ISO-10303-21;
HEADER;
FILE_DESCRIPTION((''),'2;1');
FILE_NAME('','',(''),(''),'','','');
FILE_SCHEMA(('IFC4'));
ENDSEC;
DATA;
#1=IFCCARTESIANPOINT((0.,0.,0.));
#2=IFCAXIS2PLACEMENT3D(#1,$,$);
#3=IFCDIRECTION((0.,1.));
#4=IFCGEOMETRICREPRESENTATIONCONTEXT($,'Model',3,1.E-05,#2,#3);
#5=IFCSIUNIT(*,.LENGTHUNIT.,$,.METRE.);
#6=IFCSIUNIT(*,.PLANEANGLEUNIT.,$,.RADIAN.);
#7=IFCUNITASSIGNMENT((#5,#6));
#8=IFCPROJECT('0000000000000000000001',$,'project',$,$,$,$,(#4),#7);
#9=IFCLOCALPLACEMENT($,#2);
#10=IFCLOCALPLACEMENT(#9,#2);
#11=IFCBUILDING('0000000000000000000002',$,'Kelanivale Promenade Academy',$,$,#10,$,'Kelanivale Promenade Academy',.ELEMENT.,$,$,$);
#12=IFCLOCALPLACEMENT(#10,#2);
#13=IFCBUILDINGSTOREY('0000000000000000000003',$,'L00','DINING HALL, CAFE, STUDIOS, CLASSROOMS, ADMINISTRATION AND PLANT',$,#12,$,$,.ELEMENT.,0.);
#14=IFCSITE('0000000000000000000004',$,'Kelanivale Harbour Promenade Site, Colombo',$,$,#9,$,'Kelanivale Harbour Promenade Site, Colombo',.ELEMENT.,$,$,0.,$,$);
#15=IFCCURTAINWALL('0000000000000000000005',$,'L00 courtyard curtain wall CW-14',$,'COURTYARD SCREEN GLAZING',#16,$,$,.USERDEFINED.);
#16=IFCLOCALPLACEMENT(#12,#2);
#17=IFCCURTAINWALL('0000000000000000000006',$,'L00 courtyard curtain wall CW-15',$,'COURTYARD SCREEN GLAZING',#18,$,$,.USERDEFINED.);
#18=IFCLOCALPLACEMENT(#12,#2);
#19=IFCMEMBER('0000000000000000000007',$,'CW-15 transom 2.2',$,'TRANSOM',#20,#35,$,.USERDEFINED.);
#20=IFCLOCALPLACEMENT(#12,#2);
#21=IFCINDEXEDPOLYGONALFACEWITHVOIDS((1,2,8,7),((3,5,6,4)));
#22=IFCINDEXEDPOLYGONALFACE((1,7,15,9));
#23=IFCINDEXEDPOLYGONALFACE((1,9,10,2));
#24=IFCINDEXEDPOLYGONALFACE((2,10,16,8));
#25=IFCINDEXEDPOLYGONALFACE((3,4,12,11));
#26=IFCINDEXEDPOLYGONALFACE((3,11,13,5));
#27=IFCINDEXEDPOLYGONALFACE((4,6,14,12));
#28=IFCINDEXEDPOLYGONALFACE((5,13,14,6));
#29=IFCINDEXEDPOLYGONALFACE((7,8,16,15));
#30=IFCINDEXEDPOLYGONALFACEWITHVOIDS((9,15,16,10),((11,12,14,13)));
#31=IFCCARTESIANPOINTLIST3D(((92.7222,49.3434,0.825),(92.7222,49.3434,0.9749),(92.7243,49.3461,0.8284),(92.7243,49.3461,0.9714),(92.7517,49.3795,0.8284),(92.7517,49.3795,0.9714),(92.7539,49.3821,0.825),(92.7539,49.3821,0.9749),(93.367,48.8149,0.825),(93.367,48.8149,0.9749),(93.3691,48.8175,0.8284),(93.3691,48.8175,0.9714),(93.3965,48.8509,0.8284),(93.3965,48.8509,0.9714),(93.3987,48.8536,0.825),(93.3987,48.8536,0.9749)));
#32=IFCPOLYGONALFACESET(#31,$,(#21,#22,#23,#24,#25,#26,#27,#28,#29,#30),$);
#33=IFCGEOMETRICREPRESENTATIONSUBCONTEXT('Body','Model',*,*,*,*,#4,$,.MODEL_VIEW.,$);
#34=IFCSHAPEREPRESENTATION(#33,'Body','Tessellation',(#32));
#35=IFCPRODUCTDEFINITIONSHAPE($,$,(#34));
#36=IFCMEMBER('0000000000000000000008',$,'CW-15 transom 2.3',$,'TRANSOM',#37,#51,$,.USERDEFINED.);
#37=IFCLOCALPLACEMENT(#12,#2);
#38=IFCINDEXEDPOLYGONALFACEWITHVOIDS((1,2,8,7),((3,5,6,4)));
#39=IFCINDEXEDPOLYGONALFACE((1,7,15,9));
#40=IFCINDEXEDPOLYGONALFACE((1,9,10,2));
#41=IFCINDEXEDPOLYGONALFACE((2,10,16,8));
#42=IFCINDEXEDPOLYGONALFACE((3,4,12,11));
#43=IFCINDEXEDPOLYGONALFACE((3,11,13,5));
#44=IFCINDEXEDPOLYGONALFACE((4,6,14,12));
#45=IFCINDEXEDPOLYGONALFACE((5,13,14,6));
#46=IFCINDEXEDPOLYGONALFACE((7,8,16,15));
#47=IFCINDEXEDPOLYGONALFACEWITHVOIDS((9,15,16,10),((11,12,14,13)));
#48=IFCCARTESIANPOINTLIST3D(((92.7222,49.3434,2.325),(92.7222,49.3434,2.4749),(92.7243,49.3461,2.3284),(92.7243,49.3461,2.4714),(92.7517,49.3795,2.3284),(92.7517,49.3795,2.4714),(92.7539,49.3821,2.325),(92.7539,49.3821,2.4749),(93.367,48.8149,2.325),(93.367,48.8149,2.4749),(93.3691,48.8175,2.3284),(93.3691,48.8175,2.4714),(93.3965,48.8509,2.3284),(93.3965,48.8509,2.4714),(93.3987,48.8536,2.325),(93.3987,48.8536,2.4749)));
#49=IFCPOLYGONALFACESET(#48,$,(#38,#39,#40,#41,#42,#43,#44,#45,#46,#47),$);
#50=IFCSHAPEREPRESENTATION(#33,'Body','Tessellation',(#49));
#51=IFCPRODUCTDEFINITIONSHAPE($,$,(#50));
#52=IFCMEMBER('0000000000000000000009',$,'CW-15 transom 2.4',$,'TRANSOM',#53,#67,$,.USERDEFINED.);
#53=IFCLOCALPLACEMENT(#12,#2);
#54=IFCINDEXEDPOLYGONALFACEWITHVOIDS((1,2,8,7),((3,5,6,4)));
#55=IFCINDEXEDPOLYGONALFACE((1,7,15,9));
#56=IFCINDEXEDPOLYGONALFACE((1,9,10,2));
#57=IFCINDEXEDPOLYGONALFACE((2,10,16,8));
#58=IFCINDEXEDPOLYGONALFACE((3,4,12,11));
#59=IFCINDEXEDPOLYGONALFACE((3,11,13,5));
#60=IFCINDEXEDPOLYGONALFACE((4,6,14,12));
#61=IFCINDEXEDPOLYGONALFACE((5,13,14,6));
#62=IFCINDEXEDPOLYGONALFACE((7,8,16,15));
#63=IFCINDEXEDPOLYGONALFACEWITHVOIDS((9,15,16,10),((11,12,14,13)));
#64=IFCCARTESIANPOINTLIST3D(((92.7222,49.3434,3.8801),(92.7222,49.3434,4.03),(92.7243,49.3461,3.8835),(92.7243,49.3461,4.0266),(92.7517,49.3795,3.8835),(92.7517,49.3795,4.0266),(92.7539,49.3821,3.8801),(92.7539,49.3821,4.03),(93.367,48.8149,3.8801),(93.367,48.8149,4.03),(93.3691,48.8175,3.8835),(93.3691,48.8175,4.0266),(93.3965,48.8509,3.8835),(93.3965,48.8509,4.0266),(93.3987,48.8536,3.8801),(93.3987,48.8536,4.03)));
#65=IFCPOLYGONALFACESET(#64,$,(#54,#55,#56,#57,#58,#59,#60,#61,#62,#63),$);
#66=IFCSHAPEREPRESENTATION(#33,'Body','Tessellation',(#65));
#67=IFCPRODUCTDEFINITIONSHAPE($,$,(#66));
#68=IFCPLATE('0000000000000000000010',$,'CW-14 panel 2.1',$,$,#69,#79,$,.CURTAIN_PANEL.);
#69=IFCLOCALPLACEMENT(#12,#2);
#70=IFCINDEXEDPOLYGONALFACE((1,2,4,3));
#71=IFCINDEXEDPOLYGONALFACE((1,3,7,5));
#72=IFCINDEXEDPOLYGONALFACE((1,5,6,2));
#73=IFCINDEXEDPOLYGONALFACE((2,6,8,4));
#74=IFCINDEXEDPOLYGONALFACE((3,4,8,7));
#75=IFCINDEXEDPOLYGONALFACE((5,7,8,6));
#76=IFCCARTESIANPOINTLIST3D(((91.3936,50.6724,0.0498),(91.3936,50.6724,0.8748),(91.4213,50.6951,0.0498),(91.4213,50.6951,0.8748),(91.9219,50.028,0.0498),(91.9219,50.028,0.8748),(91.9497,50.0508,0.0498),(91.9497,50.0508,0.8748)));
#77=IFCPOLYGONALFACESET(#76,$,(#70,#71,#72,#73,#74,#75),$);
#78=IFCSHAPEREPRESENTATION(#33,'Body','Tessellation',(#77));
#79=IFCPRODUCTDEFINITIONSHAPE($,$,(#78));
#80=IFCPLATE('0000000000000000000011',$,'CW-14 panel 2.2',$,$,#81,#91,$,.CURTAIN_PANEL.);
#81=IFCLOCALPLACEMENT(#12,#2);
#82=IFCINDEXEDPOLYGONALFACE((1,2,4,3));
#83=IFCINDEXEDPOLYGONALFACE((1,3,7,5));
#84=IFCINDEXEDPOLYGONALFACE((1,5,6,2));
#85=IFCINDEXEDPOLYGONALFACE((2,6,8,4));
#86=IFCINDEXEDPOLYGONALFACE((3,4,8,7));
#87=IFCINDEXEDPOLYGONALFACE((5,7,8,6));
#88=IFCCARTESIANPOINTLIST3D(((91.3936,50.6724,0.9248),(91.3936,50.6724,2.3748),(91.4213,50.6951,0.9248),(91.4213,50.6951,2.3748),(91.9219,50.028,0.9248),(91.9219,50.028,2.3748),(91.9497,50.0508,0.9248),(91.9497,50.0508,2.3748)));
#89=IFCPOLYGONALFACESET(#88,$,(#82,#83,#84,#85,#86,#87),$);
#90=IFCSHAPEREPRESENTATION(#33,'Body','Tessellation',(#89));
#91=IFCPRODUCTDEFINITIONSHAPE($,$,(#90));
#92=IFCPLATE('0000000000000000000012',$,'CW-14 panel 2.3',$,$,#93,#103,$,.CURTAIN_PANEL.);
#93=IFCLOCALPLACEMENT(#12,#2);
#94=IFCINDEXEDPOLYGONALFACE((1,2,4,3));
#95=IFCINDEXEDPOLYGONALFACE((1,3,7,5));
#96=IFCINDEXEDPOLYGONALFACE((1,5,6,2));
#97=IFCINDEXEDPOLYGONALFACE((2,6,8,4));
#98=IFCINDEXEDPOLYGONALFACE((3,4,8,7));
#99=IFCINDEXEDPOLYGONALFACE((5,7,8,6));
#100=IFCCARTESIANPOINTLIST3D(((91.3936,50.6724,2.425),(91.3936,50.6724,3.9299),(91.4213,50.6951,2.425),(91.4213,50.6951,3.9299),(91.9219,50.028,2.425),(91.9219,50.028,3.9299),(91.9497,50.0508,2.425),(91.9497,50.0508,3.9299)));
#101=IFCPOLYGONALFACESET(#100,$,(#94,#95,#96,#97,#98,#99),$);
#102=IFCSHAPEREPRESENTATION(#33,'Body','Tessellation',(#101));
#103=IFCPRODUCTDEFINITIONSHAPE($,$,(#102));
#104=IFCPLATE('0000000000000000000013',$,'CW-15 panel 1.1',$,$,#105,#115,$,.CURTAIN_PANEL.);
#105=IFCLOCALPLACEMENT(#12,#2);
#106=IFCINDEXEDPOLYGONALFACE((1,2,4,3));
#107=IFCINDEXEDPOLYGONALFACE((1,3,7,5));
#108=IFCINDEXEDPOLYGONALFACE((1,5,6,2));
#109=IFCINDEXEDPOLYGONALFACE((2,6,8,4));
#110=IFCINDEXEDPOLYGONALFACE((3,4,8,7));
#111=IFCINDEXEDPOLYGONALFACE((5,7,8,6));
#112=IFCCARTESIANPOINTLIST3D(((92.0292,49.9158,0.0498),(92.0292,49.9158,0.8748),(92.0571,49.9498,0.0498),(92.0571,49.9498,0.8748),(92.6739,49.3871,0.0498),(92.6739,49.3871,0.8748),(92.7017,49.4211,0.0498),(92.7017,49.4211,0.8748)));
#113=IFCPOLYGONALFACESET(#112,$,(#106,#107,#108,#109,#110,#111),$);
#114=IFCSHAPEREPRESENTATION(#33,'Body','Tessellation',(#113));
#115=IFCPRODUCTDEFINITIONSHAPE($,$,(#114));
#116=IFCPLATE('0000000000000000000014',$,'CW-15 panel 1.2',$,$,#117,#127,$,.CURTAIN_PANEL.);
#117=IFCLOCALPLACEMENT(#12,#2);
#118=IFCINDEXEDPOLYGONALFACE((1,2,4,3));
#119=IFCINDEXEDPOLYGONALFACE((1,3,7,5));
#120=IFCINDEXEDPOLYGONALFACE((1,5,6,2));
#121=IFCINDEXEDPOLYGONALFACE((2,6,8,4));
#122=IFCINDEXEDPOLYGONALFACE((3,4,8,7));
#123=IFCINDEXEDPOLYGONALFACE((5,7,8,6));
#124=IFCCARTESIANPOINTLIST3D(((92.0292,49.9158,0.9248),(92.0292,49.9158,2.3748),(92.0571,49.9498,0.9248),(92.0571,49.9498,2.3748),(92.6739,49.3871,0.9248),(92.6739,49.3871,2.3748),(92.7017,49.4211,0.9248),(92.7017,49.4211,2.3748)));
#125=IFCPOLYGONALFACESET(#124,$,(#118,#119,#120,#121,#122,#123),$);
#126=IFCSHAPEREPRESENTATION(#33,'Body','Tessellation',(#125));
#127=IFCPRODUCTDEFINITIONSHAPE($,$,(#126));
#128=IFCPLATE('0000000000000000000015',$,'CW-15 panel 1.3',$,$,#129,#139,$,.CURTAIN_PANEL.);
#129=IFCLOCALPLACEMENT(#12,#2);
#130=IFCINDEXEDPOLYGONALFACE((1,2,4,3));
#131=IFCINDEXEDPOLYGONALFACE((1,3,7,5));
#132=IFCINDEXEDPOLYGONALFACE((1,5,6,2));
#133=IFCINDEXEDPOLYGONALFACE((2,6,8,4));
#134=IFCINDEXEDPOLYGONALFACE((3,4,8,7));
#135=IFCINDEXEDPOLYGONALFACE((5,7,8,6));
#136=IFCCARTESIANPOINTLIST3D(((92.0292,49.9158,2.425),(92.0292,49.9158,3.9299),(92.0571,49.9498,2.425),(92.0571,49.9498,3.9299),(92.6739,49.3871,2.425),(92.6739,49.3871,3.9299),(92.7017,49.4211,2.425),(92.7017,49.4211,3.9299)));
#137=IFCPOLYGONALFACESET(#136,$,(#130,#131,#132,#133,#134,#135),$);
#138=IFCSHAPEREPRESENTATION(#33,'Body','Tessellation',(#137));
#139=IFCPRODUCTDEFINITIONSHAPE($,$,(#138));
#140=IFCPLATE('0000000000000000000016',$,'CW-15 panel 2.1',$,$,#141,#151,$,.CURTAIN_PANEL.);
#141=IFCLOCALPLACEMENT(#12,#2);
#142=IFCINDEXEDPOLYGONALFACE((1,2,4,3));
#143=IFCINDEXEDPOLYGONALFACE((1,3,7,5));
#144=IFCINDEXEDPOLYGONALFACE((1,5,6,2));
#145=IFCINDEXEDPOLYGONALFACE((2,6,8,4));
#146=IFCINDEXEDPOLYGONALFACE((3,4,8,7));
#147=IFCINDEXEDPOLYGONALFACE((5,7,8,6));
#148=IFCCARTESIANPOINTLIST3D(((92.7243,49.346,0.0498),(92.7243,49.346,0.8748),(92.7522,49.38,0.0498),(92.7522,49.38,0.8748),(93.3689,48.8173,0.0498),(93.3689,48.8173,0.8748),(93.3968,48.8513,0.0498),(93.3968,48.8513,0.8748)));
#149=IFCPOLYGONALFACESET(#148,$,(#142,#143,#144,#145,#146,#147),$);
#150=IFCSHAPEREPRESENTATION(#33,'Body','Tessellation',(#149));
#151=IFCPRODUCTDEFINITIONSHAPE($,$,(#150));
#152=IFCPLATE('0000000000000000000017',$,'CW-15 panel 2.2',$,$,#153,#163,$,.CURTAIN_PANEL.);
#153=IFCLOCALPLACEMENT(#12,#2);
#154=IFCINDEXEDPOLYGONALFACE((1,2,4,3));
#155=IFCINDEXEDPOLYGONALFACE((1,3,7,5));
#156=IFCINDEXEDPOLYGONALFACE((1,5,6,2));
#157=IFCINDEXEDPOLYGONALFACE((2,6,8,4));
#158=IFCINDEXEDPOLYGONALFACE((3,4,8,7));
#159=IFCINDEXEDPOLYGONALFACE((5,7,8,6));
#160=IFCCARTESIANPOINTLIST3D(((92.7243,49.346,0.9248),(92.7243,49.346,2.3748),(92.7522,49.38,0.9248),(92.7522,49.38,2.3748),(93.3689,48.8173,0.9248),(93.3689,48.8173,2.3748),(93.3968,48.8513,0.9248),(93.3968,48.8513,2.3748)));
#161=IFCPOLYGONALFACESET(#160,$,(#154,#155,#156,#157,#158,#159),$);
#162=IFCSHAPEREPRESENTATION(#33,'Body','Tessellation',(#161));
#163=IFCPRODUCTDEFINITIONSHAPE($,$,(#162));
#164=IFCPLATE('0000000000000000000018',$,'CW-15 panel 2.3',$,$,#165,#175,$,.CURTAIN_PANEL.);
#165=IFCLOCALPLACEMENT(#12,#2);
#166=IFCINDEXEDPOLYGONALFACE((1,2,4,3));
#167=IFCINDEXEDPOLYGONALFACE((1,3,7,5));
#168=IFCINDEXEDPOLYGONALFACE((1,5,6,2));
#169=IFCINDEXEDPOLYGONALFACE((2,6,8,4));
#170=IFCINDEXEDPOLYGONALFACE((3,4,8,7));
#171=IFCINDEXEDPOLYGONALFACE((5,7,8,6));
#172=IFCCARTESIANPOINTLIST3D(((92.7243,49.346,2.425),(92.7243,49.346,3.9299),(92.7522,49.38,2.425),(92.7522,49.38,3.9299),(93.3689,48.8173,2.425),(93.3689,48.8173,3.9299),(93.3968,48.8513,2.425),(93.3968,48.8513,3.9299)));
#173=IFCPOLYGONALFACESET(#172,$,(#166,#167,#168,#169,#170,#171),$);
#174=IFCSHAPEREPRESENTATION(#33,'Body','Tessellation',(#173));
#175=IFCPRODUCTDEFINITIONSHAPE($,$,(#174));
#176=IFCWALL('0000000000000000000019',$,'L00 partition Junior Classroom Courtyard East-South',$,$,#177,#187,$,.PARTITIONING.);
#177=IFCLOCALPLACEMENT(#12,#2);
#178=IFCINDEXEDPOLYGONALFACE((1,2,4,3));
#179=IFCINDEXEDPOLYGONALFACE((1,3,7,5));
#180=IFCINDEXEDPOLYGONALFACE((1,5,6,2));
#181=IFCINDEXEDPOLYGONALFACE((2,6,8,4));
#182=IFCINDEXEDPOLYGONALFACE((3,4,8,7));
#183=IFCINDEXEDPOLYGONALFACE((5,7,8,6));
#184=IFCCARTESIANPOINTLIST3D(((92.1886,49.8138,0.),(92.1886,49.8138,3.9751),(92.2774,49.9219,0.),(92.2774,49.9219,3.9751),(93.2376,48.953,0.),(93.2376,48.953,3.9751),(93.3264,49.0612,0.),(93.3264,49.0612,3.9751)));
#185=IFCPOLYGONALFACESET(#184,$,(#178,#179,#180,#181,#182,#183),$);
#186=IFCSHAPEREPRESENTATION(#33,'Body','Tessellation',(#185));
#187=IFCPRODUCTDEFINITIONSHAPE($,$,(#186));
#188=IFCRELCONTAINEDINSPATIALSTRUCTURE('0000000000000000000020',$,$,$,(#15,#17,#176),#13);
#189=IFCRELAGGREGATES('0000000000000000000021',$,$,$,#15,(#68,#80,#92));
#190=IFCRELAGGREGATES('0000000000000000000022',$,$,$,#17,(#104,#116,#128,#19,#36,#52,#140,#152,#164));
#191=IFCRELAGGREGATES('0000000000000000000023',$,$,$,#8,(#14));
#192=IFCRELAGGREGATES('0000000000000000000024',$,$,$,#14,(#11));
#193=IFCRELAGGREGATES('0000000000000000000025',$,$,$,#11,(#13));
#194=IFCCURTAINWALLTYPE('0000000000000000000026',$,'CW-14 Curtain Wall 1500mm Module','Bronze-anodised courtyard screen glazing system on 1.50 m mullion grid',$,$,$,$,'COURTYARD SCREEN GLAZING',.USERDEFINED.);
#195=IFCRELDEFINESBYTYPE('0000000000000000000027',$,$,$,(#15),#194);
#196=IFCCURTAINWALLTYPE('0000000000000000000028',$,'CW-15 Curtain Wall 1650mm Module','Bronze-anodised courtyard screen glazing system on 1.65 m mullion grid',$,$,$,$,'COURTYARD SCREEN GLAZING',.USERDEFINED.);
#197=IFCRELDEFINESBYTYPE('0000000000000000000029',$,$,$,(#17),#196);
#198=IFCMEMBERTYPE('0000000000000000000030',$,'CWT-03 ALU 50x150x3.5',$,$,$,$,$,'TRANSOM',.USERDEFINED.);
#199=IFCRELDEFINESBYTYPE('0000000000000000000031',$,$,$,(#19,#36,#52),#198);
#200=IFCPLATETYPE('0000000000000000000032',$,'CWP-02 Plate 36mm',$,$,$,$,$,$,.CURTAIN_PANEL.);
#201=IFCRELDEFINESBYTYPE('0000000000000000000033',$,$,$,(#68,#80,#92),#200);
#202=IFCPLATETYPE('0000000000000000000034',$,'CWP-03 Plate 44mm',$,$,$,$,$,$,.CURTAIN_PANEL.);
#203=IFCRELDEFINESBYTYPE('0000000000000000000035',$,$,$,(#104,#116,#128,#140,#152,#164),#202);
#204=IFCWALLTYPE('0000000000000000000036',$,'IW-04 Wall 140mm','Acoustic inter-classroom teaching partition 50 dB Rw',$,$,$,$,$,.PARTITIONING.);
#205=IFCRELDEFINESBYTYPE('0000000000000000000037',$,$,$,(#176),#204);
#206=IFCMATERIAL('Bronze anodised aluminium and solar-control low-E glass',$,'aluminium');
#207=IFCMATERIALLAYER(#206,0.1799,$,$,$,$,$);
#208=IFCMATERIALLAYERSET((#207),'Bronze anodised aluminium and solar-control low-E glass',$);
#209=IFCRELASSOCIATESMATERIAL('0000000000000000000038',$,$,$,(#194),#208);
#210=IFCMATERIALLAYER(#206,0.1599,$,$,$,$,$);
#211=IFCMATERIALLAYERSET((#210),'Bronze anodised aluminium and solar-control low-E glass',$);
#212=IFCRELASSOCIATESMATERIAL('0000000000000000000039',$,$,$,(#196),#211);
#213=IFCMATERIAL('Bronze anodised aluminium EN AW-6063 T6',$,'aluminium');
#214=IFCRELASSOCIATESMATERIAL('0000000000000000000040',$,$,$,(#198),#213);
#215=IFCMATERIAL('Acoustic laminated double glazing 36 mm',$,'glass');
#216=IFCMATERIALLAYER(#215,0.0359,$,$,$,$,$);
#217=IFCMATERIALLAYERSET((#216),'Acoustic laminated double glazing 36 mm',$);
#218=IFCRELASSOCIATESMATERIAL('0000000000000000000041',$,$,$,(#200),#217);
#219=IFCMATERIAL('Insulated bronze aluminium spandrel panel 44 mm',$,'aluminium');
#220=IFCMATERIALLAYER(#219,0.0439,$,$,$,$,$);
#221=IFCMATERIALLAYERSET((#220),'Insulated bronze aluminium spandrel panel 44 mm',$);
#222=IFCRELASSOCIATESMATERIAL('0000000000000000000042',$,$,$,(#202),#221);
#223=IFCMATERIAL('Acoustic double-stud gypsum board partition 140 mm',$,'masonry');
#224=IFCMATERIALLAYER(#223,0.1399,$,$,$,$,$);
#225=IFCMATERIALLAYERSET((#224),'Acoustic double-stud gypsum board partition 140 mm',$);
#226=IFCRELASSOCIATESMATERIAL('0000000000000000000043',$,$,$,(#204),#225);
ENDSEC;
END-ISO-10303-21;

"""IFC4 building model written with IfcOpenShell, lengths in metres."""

from ifc_helpers import new_model, si_unit, direction, frame, frame_2d, origin, origin_2d, place, context, subcontext, project, spatial, rectangle, hollow_rectangle, extrude, material, layer, layer_set, material_profile, profile_set, type_object, element, aggregate, save


model = new_model("IFC4")

# Units and contexts
model_context = context("Model", 3, precision=1e-05, world=origin(), true_north=direction((0.0, 1.0)))
body_context = subcontext(model_context, "Body", "Model", "MODEL_VIEW")
ifc_project = project(units=[si_unit("LENGTHUNIT", "METRE"), si_unit("PLANEANGLEUNIT", "RADIAN")], contexts=[model_context])

# Site, building, storey
site_placement = place(None, origin())
site = spatial("IfcSite", under=ifc_project, at=site_placement, Name="Kelanivale Harbour Promenade Site, Colombo", LongName="Kelanivale Harbour Promenade Site, Colombo", CompositionType="ELEMENT", RefElevation=0.0)
building_placement = place(site_placement, origin())
building = spatial("IfcBuilding", under=site, at=building_placement, Name="Kelanivale Promenade Academy", LongName="Kelanivale Promenade Academy", CompositionType="ELEMENT")
storey_placement = place(building_placement, origin())
storey = spatial("IfcBuildingStorey", under=building, at=storey_placement, Name="L00", Description="DINING HALL, CAFE, STUDIOS, CLASSROOMS, ADMINISTRATION AND PLANT", CompositionType="ELEMENT", Elevation=0.0)

# Curtain wall
ifc_material_1 = material(Name="Bronze anodised aluminium and solar-control low-E glass", Category="aluminium")
ifc_layer_1 = layer(ifc_material_1, 0.1799)
ifc_layer_set_1 = layer_set([ifc_layer_1], Name="Bronze anodised aluminium and solar-control low-E glass")
curtain_wall_type_1 = type_object("IfcCurtainWallType", Name="CW-14 Curtain Wall 1500mm Module", Description="Bronze-anodised courtyard screen glazing system on 1.50 m mullion grid", ElementType="COURTYARD SCREEN GLAZING", PredefinedType="USERDEFINED", material=ifc_layer_set_1)
curtain_wall_1_placement = place(storey_placement, origin())
curtain_wall_1 = element("IfcCurtainWall", 1, at=curtain_wall_1_placement, inside=storey, type_object=curtain_wall_type_1, Name="L00 courtyard curtain wall CW-14", ObjectType="COURTYARD SCREEN GLAZING", PredefinedType="USERDEFINED")
ifc_material_2 = material(Name="Bronze anodised aluminium EN AW-6063 T6", Category="aluminium")

# Curtain wall
ifc_layer_2 = layer(ifc_material_1, 0.1599)
ifc_layer_set_2 = layer_set([ifc_layer_2], Name="Bronze anodised aluminium and solar-control low-E glass")
curtain_wall_type_2 = type_object("IfcCurtainWallType", Name="CW-15 Curtain Wall 1650mm Module", Description="Bronze-anodised courtyard screen glazing system on 1.65 m mullion grid", ElementType="COURTYARD SCREEN GLAZING", PredefinedType="USERDEFINED", material=ifc_layer_set_2)
curtain_wall_2_placement = place(storey_placement, origin())
curtain_wall_2 = element("IfcCurtainWall", 2, at=curtain_wall_2_placement, inside=storey, type_object=curtain_wall_type_2, Name="L00 courtyard curtain wall CW-15", ObjectType="COURTYARD SCREEN GLAZING", PredefinedType="USERDEFINED")

# Members
ifc_material_profile_1 = material_profile(ifc_material_2, hollow_rectangle(XDim=0.05, YDim=0.1499, WallThickness=0.0034, at=origin_2d()), Name="ALU 50x150x3.5")
ifc_profile_set_1 = profile_set([ifc_material_profile_1], Name="Bronze anodised aluminium EN AW-6063 T6")
member_type_1 = type_object("IfcMemberType", Name="CWT-03 ALU 50x150x3.5", ElementType="TRANSOM", PredefinedType="USERDEFINED", material=ifc_profile_set_1)
member_1_placement = place(storey_placement, frame((92.738, 49.3628, 0.8999), z_axis=(0.773357, -0.633971, 0.0), x_axis=(0.633971, 0.773357, 0.0)))
member_1 = element("IfcMember", 3, at=member_1_placement, type_object=member_type_1, Name="CW-15 transom 2.2", ObjectType="TRANSOM", PredefinedType="USERDEFINED", context=body_context, shape_type="SweptSolid", body=[
    extrude(hollow_rectangle(XDim=0.05, YDim=0.1499, WallThickness=0.0034, at=origin_2d()), origin(), (0.0, 0.0, 1.0), 0.8337),
])
member_2_placement = place(storey_placement, frame((92.738, 49.3628, 2.3999), z_axis=(0.773357, -0.633971, 0.0), x_axis=(0.633971, 0.773357, 0.0)))
member_2 = element("IfcMember", 4, at=member_2_placement, type_object=member_type_1, Name="CW-15 transom 2.3", ObjectType="TRANSOM", PredefinedType="USERDEFINED", context=body_context, shape_type="SweptSolid", body=[
    extrude(hollow_rectangle(XDim=0.05, YDim=0.1499, WallThickness=0.0034, at=origin_2d()), origin(), (0.0, 0.0, 1.0), 0.8337),
])
member_3_placement = place(storey_placement, frame((92.738, 49.3628, 3.9551), z_axis=(0.773357, -0.633971, 0.0), x_axis=(0.633971, 0.773357, 0.0)))
member_3 = element("IfcMember", 5, at=member_3_placement, type_object=member_type_1, Name="CW-15 transom 2.4", ObjectType="TRANSOM", PredefinedType="USERDEFINED", context=body_context, shape_type="SweptSolid", body=[
    extrude(hollow_rectangle(XDim=0.05, YDim=0.1499, WallThickness=0.0034, at=origin_2d()), origin(), (0.0, 0.0, 1.0), 0.8337),
])

# Plates
ifc_material_3 = material(Name="Acoustic laminated double glazing 36 mm", Category="glass")
ifc_layer_3 = layer(ifc_material_3, 0.0359)
ifc_layer_set_3 = layer_set([ifc_layer_3], Name="Acoustic laminated double glazing 36 mm")
plate_type_1 = type_object("IfcPlateType", Name="CWP-02 Plate 36mm", PredefinedType="CURTAIN_PANEL", material=ifc_layer_set_3)
plate_1_placement = place(storey_placement, frame((91.6716, 50.3616, 0.0498), z_axis=(0.0, 0.0, 1.0), x_axis=(0.634093, -0.773257, 0.0)))
plate_1 = element("IfcPlate", 6, at=plate_1_placement, type_object=plate_type_1, Name="CW-14 panel 2.1", PredefinedType="CURTAIN_PANEL", context=body_context, shape_type="SweptSolid", body=[
    extrude(rectangle(XDim=0.8333, YDim=0.0359, at=origin_2d()), origin(), (0.0, 0.0, 1.0), 0.825),
])
plate_2_placement = place(storey_placement, frame((91.6716, 50.3616, 0.9248), z_axis=(0.0, 0.0, 1.0), x_axis=(0.634093, -0.773257, 0.0)))
plate_2 = element("IfcPlate", 7, at=plate_2_placement, type_object=plate_type_1, Name="CW-14 panel 2.2", PredefinedType="CURTAIN_PANEL", context=body_context, shape_type="SweptSolid", body=[
    extrude(rectangle(XDim=0.8333, YDim=0.0359, at=origin_2d()), origin(), (0.0, 0.0, 1.0), 1.45),
])
plate_3_placement = place(storey_placement, frame((91.6716, 50.3616, 2.425), z_axis=(0.0, 0.0, 1.0), x_axis=(0.634093, -0.773257, 0.0)))
plate_3 = element("IfcPlate", 8, at=plate_3_placement, type_object=plate_type_1, Name="CW-14 panel 2.3", PredefinedType="CURTAIN_PANEL", context=body_context, shape_type="SweptSolid", body=[
    extrude(rectangle(XDim=0.8333, YDim=0.0359, at=origin_2d()), origin(), (0.0, 0.0, 1.0), 1.5049),
])
aggregate(curtain_wall_1, [plate_1, plate_2, plate_3])
ifc_material_4 = material(Name="Insulated bronze aluminium spandrel panel 44 mm", Category="aluminium")
ifc_layer_4 = layer(ifc_material_4, 0.0439)
ifc_layer_set_4 = layer_set([ifc_layer_4], Name="Insulated bronze aluminium spandrel panel 44 mm")
plate_type_2 = type_object("IfcPlateType", Name="CWP-03 Plate 44mm", PredefinedType="CURTAIN_PANEL", material=ifc_layer_set_4)
plate_4_placement = place(storey_placement, frame((92.3655, 49.6685, 0.0498), z_axis=(0.0, 0.0, 1.0), x_axis=(0.773215, -0.634144, 0.0)))
plate_4 = element("IfcPlate", 9, at=plate_4_placement, type_object=plate_type_2, Name="CW-15 panel 1.1", PredefinedType="CURTAIN_PANEL", context=body_context, shape_type="SweptSolid", body=[
    extrude(rectangle(XDim=0.8337, YDim=0.0439, at=origin_2d()), origin(), (0.0, 0.0, 1.0), 0.825),
])
plate_5_placement = place(storey_placement, frame((92.3655, 49.6685, 0.9248), z_axis=(0.0, 0.0, 1.0), x_axis=(0.773215, -0.634144, 0.0)))
plate_5 = element("IfcPlate", 10, at=plate_5_placement, type_object=plate_type_2, Name="CW-15 panel 1.2", PredefinedType="CURTAIN_PANEL", context=body_context, shape_type="SweptSolid", body=[
    extrude(rectangle(XDim=0.8337, YDim=0.0439, at=origin_2d()), origin(), (0.0, 0.0, 1.0), 1.45),
])
plate_6_placement = place(storey_placement, frame((92.3655, 49.6685, 2.425), z_axis=(0.0, 0.0, 1.0), x_axis=(0.773215, -0.634144, 0.0)))
plate_6 = element("IfcPlate", 11, at=plate_6_placement, type_object=plate_type_2, Name="CW-15 panel 1.3", PredefinedType="CURTAIN_PANEL", context=body_context, shape_type="SweptSolid", body=[
    extrude(rectangle(XDim=0.8337, YDim=0.0439, at=origin_2d()), origin(), (0.0, 0.0, 1.0), 1.5049),
])
plate_7_placement = place(storey_placement, frame((93.0605, 49.0986, 0.0498), z_axis=(0.0, 0.0, 1.0), x_axis=(0.773215, -0.634144, 0.0)))
plate_7 = element("IfcPlate", 12, at=plate_7_placement, type_object=plate_type_2, Name="CW-15 panel 2.1", PredefinedType="CURTAIN_PANEL", context=body_context, shape_type="SweptSolid", body=[
    extrude(rectangle(XDim=0.8337, YDim=0.0439, at=origin_2d()), origin(), (0.0, 0.0, 1.0), 0.825),
])
plate_8_placement = place(storey_placement, frame((93.0605, 49.0986, 0.9248), z_axis=(0.0, 0.0, 1.0), x_axis=(0.773215, -0.634144, 0.0)))
plate_8 = element("IfcPlate", 13, at=plate_8_placement, type_object=plate_type_2, Name="CW-15 panel 2.2", PredefinedType="CURTAIN_PANEL", context=body_context, shape_type="SweptSolid", body=[
    extrude(rectangle(XDim=0.8337, YDim=0.0439, at=origin_2d()), origin(), (0.0, 0.0, 1.0), 1.45),
])
plate_9_placement = place(storey_placement, frame((93.0605, 49.0986, 2.425), z_axis=(0.0, 0.0, 1.0), x_axis=(0.773215, -0.634144, 0.0)))
plate_9 = element("IfcPlate", 14, at=plate_9_placement, type_object=plate_type_2, Name="CW-15 panel 2.3", PredefinedType="CURTAIN_PANEL", context=body_context, shape_type="SweptSolid", body=[
    extrude(rectangle(XDim=0.8337, YDim=0.0439, at=origin_2d()), origin(), (0.0, 0.0, 1.0), 1.5049),
])
aggregate(curtain_wall_2, [plate_4, plate_5, plate_6, member_1, member_2, member_3, plate_7, plate_8, plate_9])

# Wall
ifc_material_5 = material(Name="Acoustic double-stud gypsum board partition 140 mm", Category="masonry")
ifc_layer_5 = layer(ifc_material_5, 0.1399)
ifc_layer_set_5 = layer_set([ifc_layer_5], Name="Acoustic double-stud gypsum board partition 140 mm")
wall_type = type_object("IfcWallType", Name="IW-04 Wall 140mm", Description="Acoustic inter-classroom teaching partition 50 dB Rw", PredefinedType="PARTITIONING", material=ifc_layer_set_5)
for number, where, z_axis, x_axis, name in (
    (15, (93.282, 49.0071, 0.0), (0.0, 0.0, 1.0), (-0.773051, 0.634344, 0.0), "L00 partition Junior Classroom Courtyard East-South"),
):
    element("IfcWall", number, at=place(storey_placement, frame(where, z_axis=z_axis, x_axis=x_axis)), inside=storey, type_object=wall_type, Name=name, PredefinedType="PARTITIONING", context=body_context, shape_type="SweptSolid", body=[
        extrude(rectangle(XDim=1.3569, YDim=0.1399, at=frame_2d((0.6785, 0.0))), origin(), (0.0, 0.0, 1.0), 3.9751),
    ])

save(model, "model.ifc")
